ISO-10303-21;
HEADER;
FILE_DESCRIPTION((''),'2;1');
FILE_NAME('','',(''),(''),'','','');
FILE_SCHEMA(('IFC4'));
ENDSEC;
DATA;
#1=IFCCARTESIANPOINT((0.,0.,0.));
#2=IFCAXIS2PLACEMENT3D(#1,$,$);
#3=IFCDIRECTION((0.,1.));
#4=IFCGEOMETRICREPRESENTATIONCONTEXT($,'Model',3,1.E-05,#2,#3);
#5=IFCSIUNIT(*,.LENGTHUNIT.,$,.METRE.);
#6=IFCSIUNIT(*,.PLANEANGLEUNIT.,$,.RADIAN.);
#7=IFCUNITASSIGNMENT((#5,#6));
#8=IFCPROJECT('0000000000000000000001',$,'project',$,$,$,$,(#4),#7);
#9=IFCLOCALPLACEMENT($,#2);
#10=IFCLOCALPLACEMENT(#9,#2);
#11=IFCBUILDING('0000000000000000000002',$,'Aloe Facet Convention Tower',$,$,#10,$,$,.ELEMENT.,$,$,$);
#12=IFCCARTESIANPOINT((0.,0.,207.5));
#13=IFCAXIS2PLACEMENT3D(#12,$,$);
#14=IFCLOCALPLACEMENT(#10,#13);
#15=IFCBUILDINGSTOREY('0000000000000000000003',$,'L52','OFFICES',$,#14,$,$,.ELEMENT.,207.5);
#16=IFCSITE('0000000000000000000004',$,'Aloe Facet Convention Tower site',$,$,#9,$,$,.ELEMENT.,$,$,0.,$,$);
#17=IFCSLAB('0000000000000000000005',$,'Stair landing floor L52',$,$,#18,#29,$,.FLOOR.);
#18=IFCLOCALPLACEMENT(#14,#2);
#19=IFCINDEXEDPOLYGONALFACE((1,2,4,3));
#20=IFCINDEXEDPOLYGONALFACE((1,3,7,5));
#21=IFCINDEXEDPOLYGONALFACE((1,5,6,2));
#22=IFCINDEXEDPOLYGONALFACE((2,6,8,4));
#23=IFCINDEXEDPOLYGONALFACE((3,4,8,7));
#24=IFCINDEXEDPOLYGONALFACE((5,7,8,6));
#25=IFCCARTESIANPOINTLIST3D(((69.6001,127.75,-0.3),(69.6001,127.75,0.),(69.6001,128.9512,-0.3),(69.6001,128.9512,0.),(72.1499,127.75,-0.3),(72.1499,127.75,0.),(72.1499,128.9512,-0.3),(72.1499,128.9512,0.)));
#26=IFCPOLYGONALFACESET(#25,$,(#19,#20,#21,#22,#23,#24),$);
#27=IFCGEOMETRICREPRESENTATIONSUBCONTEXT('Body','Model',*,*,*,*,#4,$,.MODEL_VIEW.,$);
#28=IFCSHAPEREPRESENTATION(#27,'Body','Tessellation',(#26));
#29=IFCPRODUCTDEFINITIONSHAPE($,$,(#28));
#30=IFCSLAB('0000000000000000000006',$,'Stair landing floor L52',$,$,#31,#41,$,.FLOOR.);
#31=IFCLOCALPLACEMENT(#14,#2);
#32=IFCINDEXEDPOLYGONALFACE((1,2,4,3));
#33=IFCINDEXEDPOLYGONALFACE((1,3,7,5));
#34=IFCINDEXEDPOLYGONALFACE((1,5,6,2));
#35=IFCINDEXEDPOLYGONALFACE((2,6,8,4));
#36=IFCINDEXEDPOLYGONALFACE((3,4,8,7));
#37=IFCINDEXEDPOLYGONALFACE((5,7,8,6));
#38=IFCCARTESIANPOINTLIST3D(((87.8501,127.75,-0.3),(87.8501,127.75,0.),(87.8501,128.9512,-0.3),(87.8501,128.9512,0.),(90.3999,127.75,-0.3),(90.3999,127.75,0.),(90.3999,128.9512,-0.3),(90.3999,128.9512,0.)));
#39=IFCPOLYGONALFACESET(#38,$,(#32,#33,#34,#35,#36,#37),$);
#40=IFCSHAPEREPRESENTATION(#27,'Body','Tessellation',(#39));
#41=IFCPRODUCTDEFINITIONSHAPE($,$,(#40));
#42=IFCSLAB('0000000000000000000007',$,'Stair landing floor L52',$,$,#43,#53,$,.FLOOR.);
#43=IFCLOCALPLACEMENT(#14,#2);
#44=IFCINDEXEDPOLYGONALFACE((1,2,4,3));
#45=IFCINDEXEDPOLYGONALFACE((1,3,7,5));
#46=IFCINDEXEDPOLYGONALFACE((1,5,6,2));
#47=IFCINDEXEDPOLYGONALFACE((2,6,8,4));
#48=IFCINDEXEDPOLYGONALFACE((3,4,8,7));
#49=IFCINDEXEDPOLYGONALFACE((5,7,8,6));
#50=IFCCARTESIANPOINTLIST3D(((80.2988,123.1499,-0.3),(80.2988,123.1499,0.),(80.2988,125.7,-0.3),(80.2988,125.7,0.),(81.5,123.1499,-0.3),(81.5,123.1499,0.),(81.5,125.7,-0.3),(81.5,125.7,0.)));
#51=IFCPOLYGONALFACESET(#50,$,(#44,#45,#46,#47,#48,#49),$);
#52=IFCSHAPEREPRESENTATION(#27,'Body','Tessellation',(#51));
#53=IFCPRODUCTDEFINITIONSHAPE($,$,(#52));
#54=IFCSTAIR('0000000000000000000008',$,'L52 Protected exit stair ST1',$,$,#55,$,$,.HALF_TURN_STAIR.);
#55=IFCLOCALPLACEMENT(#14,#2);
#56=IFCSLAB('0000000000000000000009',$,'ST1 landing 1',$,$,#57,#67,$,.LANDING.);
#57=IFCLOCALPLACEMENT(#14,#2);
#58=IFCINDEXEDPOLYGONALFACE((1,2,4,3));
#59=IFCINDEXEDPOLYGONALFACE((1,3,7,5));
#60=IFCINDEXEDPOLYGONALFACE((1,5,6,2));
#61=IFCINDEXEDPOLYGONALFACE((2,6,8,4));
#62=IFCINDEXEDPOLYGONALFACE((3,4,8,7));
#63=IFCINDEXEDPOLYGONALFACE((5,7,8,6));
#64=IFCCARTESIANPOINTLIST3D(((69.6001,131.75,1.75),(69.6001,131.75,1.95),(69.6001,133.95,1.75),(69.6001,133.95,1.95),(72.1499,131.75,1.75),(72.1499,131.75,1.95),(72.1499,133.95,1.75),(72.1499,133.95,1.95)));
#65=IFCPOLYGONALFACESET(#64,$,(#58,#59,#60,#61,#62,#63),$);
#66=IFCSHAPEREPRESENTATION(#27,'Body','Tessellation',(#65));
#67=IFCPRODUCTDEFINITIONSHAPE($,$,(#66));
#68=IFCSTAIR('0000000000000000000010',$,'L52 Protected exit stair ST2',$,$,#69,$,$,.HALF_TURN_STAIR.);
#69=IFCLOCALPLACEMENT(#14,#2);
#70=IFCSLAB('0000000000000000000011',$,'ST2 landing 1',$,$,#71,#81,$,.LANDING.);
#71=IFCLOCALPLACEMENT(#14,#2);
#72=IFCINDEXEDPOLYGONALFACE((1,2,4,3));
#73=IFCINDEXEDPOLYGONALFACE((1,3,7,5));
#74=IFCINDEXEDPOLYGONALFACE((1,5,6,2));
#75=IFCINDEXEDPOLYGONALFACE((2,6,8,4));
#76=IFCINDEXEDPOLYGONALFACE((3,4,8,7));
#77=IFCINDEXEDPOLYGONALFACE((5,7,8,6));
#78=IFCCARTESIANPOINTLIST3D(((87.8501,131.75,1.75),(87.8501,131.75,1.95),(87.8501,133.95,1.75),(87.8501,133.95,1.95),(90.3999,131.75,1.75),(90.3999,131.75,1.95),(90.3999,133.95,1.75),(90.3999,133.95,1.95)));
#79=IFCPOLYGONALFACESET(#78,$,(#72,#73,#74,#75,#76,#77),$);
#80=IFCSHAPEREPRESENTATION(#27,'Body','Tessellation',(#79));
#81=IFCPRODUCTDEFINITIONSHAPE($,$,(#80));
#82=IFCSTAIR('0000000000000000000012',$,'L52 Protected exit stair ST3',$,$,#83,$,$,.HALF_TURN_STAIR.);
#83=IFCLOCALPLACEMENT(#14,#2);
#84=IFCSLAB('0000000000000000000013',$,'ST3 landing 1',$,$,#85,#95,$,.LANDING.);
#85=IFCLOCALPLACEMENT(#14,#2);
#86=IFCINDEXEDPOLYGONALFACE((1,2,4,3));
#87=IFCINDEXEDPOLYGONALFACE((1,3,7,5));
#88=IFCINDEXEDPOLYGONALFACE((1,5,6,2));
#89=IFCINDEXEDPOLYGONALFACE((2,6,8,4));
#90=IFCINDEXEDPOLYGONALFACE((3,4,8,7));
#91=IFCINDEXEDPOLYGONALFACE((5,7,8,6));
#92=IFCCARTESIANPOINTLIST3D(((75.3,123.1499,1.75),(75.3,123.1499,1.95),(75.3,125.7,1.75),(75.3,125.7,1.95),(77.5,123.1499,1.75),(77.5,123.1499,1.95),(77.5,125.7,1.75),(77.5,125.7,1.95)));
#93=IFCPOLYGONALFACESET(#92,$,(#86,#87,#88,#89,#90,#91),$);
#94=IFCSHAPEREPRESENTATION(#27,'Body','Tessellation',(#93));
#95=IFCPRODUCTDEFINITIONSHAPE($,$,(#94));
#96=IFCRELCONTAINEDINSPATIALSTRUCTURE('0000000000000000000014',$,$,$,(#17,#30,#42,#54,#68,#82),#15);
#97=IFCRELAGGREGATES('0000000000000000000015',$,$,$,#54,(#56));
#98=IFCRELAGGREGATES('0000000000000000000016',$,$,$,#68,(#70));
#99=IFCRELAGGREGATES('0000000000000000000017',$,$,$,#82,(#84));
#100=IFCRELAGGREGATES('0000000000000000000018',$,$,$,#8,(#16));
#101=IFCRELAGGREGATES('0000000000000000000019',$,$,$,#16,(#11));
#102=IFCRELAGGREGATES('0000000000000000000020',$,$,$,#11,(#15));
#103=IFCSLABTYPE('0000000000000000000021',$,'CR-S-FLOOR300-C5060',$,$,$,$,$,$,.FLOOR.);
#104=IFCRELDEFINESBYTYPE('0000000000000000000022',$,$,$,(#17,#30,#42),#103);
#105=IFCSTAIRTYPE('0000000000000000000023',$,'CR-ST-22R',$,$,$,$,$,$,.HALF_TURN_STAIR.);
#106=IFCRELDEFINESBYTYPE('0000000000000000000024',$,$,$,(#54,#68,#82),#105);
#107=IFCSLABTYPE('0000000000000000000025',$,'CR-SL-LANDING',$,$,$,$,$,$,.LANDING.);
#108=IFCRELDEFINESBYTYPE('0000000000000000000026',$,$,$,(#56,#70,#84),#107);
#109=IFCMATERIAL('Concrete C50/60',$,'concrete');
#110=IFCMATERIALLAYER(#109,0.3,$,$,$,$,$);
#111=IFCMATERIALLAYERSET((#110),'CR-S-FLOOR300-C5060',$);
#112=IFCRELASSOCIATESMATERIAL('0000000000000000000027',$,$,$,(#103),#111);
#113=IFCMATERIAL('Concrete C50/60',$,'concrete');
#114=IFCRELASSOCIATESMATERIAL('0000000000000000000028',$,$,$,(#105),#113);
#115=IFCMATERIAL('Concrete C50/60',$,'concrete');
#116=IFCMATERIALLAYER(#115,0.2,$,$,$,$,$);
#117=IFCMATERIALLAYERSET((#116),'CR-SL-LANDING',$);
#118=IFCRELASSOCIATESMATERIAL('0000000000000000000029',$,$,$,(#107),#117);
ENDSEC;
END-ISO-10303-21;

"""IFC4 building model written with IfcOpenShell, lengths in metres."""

from ifc_helpers import new_model, si_unit, direction, frame, origin, place, context, subcontext, project, spatial, polyline, outline, extrude, material, layer, layer_set, type_object, element, aggregate, save


model = new_model("IFC4")

# Units and contexts
model_context = context("Model", 3, precision=1e-05, world=origin(), true_north=direction((0.0, 1.0)))
body_context = subcontext(model_context, "Body", "Model", "MODEL_VIEW")
ifc_project = project(units=[si_unit("LENGTHUNIT", "METRE"), si_unit("PLANEANGLEUNIT", "RADIAN")], contexts=[model_context])

# Site, building, storey
site_placement = place(None, origin())
site = spatial("IfcSite", under=ifc_project, at=site_placement, Name="Aloe Facet Convention Tower site", CompositionType="ELEMENT", RefElevation=0.0)
building_placement = place(site_placement, origin())
building = spatial("IfcBuilding", under=site, at=building_placement, Name="Aloe Facet Convention Tower", CompositionType="ELEMENT")
storey_placement = place(building_placement, frame((0.0, 0.0, 207.5)))
storey = spatial("IfcBuildingStorey", under=building, at=storey_placement, Name="L52", Description="OFFICES", CompositionType="ELEMENT", Elevation=207.5)

# Slabs
ifc_material_1 = material(Name="Concrete C50/60", Category="concrete")
ifc_layer_1 = layer(ifc_material_1, 0.3)
ifc_layer_set_1 = layer_set([ifc_layer_1], Name="CR-S-FLOOR300-C5060")
slab_type_1 = type_object("IfcSlabType", Name="CR-S-FLOOR300-C5060", PredefinedType="FLOOR", material=ifc_layer_set_1)
slab_1_placement = place(storey_placement, frame((0.0, 0.0, -0.3)))
element("IfcSlab", 1, at=slab_1_placement, inside=storey, type_object=slab_type_1, Name="Stair landing floor L52", PredefinedType="FLOOR", context=body_context, shape_type="SweptSolid", body=[
    extrude(outline(polyline([(72.1499, 127.75), (72.1499, 128.9512), (69.6001, 128.9512), (69.6001, 127.75), (72.1499, 127.75)])), origin(), (0.0, 0.0, 1.0), 0.3),
])
slab_2_placement = place(storey_placement, frame((0.0, 0.0, -0.3)))
element("IfcSlab", 2, at=slab_2_placement, inside=storey, type_object=slab_type_1, Name="Stair landing floor L52", PredefinedType="FLOOR", context=body_context, shape_type="SweptSolid", body=[
    extrude(outline(polyline([(90.3999, 127.75), (90.3999, 128.9512), (87.8501, 128.9512), (87.8501, 127.75), (90.3999, 127.75)])), origin(), (0.0, 0.0, 1.0), 0.3),
])
slab_3_placement = place(storey_placement, frame((0.0, 0.0, -0.3)))
element("IfcSlab", 3, at=slab_3_placement, inside=storey, type_object=slab_type_1, Name="Stair landing floor L52", PredefinedType="FLOOR", context=body_context, shape_type="SweptSolid", body=[
    extrude(outline(polyline([(81.5, 125.7), (80.2988, 125.7), (80.2988, 123.1499), (81.5, 123.1499), (81.5, 125.7)])), origin(), (0.0, 0.0, 1.0), 0.3),
])

# Stairs, slabs
ifc_material_2 = material(Name="Concrete C50/60", Category="concrete")
stair_type = type_object("IfcStairType", Name="CR-ST-22R", PredefinedType="HALF_TURN_STAIR", material=ifc_material_2)
stair_1_placement = place(storey_placement, origin())
stair_1 = element("IfcStair", 4, at=stair_1_placement, inside=storey, type_object=stair_type, Name="L52 Protected exit stair ST1", PredefinedType="HALF_TURN_STAIR")
ifc_material_3 = material(Name="Concrete C50/60", Category="concrete")
ifc_layer_2 = layer(ifc_material_3, 0.2)
ifc_layer_set_2 = layer_set([ifc_layer_2], Name="CR-SL-LANDING")
slab_type_2 = type_object("IfcSlabType", Name="CR-SL-LANDING", PredefinedType="LANDING", material=ifc_layer_set_2)
slab_4_placement = place(storey_placement, frame((0.0, 0.0, 1.75)))
slab_4 = element("IfcSlab", 5, at=slab_4_placement, type_object=slab_type_2, Name="ST1 landing 1", PredefinedType="LANDING", context=body_context, shape_type="SweptSolid", body=[
    extrude(outline(polyline([(72.1499, 131.75), (72.1499, 133.95), (69.6001, 133.95), (69.6001, 131.75), (72.1499, 131.75)])), origin(), (0.0, 0.0, 1.0), 0.2),
])
aggregate(stair_1, [slab_4])
stair_2_placement = place(storey_placement, origin())
stair_2 = element("IfcStair", 6, at=stair_2_placement, inside=storey, type_object=stair_type, Name="L52 Protected exit stair ST2", PredefinedType="HALF_TURN_STAIR")
slab_5_placement = place(storey_placement, frame((0.0, 0.0, 1.75)))
slab_5 = element("IfcSlab", 7, at=slab_5_placement, type_object=slab_type_2, Name="ST2 landing 1", PredefinedType="LANDING", context=body_context, shape_type="SweptSolid", body=[
    extrude(outline(polyline([(90.3999, 131.75), (90.3999, 133.95), (87.8501, 133.95), (87.8501, 131.75), (90.3999, 131.75)])), origin(), (0.0, 0.0, 1.0), 0.2),
])
aggregate(stair_2, [slab_5])
stair_3_placement = place(storey_placement, origin())
stair_3 = element("IfcStair", 8, at=stair_3_placement, inside=storey, type_object=stair_type, Name="L52 Protected exit stair ST3", PredefinedType="HALF_TURN_STAIR")
slab_6_placement = place(storey_placement, frame((0.0, 0.0, 1.75)))
slab_6 = element("IfcSlab", 9, at=slab_6_placement, type_object=slab_type_2, Name="ST3 landing 1", PredefinedType="LANDING", context=body_context, shape_type="SweptSolid", body=[
    extrude(outline(polyline([(77.5, 125.7), (75.3, 125.7), (75.3, 123.1499), (77.5, 123.1499), (77.5, 125.7)])), origin(), (0.0, 0.0, 1.0), 0.2),
])
aggregate(stair_3, [slab_6])

save(model, "model.ifc")
